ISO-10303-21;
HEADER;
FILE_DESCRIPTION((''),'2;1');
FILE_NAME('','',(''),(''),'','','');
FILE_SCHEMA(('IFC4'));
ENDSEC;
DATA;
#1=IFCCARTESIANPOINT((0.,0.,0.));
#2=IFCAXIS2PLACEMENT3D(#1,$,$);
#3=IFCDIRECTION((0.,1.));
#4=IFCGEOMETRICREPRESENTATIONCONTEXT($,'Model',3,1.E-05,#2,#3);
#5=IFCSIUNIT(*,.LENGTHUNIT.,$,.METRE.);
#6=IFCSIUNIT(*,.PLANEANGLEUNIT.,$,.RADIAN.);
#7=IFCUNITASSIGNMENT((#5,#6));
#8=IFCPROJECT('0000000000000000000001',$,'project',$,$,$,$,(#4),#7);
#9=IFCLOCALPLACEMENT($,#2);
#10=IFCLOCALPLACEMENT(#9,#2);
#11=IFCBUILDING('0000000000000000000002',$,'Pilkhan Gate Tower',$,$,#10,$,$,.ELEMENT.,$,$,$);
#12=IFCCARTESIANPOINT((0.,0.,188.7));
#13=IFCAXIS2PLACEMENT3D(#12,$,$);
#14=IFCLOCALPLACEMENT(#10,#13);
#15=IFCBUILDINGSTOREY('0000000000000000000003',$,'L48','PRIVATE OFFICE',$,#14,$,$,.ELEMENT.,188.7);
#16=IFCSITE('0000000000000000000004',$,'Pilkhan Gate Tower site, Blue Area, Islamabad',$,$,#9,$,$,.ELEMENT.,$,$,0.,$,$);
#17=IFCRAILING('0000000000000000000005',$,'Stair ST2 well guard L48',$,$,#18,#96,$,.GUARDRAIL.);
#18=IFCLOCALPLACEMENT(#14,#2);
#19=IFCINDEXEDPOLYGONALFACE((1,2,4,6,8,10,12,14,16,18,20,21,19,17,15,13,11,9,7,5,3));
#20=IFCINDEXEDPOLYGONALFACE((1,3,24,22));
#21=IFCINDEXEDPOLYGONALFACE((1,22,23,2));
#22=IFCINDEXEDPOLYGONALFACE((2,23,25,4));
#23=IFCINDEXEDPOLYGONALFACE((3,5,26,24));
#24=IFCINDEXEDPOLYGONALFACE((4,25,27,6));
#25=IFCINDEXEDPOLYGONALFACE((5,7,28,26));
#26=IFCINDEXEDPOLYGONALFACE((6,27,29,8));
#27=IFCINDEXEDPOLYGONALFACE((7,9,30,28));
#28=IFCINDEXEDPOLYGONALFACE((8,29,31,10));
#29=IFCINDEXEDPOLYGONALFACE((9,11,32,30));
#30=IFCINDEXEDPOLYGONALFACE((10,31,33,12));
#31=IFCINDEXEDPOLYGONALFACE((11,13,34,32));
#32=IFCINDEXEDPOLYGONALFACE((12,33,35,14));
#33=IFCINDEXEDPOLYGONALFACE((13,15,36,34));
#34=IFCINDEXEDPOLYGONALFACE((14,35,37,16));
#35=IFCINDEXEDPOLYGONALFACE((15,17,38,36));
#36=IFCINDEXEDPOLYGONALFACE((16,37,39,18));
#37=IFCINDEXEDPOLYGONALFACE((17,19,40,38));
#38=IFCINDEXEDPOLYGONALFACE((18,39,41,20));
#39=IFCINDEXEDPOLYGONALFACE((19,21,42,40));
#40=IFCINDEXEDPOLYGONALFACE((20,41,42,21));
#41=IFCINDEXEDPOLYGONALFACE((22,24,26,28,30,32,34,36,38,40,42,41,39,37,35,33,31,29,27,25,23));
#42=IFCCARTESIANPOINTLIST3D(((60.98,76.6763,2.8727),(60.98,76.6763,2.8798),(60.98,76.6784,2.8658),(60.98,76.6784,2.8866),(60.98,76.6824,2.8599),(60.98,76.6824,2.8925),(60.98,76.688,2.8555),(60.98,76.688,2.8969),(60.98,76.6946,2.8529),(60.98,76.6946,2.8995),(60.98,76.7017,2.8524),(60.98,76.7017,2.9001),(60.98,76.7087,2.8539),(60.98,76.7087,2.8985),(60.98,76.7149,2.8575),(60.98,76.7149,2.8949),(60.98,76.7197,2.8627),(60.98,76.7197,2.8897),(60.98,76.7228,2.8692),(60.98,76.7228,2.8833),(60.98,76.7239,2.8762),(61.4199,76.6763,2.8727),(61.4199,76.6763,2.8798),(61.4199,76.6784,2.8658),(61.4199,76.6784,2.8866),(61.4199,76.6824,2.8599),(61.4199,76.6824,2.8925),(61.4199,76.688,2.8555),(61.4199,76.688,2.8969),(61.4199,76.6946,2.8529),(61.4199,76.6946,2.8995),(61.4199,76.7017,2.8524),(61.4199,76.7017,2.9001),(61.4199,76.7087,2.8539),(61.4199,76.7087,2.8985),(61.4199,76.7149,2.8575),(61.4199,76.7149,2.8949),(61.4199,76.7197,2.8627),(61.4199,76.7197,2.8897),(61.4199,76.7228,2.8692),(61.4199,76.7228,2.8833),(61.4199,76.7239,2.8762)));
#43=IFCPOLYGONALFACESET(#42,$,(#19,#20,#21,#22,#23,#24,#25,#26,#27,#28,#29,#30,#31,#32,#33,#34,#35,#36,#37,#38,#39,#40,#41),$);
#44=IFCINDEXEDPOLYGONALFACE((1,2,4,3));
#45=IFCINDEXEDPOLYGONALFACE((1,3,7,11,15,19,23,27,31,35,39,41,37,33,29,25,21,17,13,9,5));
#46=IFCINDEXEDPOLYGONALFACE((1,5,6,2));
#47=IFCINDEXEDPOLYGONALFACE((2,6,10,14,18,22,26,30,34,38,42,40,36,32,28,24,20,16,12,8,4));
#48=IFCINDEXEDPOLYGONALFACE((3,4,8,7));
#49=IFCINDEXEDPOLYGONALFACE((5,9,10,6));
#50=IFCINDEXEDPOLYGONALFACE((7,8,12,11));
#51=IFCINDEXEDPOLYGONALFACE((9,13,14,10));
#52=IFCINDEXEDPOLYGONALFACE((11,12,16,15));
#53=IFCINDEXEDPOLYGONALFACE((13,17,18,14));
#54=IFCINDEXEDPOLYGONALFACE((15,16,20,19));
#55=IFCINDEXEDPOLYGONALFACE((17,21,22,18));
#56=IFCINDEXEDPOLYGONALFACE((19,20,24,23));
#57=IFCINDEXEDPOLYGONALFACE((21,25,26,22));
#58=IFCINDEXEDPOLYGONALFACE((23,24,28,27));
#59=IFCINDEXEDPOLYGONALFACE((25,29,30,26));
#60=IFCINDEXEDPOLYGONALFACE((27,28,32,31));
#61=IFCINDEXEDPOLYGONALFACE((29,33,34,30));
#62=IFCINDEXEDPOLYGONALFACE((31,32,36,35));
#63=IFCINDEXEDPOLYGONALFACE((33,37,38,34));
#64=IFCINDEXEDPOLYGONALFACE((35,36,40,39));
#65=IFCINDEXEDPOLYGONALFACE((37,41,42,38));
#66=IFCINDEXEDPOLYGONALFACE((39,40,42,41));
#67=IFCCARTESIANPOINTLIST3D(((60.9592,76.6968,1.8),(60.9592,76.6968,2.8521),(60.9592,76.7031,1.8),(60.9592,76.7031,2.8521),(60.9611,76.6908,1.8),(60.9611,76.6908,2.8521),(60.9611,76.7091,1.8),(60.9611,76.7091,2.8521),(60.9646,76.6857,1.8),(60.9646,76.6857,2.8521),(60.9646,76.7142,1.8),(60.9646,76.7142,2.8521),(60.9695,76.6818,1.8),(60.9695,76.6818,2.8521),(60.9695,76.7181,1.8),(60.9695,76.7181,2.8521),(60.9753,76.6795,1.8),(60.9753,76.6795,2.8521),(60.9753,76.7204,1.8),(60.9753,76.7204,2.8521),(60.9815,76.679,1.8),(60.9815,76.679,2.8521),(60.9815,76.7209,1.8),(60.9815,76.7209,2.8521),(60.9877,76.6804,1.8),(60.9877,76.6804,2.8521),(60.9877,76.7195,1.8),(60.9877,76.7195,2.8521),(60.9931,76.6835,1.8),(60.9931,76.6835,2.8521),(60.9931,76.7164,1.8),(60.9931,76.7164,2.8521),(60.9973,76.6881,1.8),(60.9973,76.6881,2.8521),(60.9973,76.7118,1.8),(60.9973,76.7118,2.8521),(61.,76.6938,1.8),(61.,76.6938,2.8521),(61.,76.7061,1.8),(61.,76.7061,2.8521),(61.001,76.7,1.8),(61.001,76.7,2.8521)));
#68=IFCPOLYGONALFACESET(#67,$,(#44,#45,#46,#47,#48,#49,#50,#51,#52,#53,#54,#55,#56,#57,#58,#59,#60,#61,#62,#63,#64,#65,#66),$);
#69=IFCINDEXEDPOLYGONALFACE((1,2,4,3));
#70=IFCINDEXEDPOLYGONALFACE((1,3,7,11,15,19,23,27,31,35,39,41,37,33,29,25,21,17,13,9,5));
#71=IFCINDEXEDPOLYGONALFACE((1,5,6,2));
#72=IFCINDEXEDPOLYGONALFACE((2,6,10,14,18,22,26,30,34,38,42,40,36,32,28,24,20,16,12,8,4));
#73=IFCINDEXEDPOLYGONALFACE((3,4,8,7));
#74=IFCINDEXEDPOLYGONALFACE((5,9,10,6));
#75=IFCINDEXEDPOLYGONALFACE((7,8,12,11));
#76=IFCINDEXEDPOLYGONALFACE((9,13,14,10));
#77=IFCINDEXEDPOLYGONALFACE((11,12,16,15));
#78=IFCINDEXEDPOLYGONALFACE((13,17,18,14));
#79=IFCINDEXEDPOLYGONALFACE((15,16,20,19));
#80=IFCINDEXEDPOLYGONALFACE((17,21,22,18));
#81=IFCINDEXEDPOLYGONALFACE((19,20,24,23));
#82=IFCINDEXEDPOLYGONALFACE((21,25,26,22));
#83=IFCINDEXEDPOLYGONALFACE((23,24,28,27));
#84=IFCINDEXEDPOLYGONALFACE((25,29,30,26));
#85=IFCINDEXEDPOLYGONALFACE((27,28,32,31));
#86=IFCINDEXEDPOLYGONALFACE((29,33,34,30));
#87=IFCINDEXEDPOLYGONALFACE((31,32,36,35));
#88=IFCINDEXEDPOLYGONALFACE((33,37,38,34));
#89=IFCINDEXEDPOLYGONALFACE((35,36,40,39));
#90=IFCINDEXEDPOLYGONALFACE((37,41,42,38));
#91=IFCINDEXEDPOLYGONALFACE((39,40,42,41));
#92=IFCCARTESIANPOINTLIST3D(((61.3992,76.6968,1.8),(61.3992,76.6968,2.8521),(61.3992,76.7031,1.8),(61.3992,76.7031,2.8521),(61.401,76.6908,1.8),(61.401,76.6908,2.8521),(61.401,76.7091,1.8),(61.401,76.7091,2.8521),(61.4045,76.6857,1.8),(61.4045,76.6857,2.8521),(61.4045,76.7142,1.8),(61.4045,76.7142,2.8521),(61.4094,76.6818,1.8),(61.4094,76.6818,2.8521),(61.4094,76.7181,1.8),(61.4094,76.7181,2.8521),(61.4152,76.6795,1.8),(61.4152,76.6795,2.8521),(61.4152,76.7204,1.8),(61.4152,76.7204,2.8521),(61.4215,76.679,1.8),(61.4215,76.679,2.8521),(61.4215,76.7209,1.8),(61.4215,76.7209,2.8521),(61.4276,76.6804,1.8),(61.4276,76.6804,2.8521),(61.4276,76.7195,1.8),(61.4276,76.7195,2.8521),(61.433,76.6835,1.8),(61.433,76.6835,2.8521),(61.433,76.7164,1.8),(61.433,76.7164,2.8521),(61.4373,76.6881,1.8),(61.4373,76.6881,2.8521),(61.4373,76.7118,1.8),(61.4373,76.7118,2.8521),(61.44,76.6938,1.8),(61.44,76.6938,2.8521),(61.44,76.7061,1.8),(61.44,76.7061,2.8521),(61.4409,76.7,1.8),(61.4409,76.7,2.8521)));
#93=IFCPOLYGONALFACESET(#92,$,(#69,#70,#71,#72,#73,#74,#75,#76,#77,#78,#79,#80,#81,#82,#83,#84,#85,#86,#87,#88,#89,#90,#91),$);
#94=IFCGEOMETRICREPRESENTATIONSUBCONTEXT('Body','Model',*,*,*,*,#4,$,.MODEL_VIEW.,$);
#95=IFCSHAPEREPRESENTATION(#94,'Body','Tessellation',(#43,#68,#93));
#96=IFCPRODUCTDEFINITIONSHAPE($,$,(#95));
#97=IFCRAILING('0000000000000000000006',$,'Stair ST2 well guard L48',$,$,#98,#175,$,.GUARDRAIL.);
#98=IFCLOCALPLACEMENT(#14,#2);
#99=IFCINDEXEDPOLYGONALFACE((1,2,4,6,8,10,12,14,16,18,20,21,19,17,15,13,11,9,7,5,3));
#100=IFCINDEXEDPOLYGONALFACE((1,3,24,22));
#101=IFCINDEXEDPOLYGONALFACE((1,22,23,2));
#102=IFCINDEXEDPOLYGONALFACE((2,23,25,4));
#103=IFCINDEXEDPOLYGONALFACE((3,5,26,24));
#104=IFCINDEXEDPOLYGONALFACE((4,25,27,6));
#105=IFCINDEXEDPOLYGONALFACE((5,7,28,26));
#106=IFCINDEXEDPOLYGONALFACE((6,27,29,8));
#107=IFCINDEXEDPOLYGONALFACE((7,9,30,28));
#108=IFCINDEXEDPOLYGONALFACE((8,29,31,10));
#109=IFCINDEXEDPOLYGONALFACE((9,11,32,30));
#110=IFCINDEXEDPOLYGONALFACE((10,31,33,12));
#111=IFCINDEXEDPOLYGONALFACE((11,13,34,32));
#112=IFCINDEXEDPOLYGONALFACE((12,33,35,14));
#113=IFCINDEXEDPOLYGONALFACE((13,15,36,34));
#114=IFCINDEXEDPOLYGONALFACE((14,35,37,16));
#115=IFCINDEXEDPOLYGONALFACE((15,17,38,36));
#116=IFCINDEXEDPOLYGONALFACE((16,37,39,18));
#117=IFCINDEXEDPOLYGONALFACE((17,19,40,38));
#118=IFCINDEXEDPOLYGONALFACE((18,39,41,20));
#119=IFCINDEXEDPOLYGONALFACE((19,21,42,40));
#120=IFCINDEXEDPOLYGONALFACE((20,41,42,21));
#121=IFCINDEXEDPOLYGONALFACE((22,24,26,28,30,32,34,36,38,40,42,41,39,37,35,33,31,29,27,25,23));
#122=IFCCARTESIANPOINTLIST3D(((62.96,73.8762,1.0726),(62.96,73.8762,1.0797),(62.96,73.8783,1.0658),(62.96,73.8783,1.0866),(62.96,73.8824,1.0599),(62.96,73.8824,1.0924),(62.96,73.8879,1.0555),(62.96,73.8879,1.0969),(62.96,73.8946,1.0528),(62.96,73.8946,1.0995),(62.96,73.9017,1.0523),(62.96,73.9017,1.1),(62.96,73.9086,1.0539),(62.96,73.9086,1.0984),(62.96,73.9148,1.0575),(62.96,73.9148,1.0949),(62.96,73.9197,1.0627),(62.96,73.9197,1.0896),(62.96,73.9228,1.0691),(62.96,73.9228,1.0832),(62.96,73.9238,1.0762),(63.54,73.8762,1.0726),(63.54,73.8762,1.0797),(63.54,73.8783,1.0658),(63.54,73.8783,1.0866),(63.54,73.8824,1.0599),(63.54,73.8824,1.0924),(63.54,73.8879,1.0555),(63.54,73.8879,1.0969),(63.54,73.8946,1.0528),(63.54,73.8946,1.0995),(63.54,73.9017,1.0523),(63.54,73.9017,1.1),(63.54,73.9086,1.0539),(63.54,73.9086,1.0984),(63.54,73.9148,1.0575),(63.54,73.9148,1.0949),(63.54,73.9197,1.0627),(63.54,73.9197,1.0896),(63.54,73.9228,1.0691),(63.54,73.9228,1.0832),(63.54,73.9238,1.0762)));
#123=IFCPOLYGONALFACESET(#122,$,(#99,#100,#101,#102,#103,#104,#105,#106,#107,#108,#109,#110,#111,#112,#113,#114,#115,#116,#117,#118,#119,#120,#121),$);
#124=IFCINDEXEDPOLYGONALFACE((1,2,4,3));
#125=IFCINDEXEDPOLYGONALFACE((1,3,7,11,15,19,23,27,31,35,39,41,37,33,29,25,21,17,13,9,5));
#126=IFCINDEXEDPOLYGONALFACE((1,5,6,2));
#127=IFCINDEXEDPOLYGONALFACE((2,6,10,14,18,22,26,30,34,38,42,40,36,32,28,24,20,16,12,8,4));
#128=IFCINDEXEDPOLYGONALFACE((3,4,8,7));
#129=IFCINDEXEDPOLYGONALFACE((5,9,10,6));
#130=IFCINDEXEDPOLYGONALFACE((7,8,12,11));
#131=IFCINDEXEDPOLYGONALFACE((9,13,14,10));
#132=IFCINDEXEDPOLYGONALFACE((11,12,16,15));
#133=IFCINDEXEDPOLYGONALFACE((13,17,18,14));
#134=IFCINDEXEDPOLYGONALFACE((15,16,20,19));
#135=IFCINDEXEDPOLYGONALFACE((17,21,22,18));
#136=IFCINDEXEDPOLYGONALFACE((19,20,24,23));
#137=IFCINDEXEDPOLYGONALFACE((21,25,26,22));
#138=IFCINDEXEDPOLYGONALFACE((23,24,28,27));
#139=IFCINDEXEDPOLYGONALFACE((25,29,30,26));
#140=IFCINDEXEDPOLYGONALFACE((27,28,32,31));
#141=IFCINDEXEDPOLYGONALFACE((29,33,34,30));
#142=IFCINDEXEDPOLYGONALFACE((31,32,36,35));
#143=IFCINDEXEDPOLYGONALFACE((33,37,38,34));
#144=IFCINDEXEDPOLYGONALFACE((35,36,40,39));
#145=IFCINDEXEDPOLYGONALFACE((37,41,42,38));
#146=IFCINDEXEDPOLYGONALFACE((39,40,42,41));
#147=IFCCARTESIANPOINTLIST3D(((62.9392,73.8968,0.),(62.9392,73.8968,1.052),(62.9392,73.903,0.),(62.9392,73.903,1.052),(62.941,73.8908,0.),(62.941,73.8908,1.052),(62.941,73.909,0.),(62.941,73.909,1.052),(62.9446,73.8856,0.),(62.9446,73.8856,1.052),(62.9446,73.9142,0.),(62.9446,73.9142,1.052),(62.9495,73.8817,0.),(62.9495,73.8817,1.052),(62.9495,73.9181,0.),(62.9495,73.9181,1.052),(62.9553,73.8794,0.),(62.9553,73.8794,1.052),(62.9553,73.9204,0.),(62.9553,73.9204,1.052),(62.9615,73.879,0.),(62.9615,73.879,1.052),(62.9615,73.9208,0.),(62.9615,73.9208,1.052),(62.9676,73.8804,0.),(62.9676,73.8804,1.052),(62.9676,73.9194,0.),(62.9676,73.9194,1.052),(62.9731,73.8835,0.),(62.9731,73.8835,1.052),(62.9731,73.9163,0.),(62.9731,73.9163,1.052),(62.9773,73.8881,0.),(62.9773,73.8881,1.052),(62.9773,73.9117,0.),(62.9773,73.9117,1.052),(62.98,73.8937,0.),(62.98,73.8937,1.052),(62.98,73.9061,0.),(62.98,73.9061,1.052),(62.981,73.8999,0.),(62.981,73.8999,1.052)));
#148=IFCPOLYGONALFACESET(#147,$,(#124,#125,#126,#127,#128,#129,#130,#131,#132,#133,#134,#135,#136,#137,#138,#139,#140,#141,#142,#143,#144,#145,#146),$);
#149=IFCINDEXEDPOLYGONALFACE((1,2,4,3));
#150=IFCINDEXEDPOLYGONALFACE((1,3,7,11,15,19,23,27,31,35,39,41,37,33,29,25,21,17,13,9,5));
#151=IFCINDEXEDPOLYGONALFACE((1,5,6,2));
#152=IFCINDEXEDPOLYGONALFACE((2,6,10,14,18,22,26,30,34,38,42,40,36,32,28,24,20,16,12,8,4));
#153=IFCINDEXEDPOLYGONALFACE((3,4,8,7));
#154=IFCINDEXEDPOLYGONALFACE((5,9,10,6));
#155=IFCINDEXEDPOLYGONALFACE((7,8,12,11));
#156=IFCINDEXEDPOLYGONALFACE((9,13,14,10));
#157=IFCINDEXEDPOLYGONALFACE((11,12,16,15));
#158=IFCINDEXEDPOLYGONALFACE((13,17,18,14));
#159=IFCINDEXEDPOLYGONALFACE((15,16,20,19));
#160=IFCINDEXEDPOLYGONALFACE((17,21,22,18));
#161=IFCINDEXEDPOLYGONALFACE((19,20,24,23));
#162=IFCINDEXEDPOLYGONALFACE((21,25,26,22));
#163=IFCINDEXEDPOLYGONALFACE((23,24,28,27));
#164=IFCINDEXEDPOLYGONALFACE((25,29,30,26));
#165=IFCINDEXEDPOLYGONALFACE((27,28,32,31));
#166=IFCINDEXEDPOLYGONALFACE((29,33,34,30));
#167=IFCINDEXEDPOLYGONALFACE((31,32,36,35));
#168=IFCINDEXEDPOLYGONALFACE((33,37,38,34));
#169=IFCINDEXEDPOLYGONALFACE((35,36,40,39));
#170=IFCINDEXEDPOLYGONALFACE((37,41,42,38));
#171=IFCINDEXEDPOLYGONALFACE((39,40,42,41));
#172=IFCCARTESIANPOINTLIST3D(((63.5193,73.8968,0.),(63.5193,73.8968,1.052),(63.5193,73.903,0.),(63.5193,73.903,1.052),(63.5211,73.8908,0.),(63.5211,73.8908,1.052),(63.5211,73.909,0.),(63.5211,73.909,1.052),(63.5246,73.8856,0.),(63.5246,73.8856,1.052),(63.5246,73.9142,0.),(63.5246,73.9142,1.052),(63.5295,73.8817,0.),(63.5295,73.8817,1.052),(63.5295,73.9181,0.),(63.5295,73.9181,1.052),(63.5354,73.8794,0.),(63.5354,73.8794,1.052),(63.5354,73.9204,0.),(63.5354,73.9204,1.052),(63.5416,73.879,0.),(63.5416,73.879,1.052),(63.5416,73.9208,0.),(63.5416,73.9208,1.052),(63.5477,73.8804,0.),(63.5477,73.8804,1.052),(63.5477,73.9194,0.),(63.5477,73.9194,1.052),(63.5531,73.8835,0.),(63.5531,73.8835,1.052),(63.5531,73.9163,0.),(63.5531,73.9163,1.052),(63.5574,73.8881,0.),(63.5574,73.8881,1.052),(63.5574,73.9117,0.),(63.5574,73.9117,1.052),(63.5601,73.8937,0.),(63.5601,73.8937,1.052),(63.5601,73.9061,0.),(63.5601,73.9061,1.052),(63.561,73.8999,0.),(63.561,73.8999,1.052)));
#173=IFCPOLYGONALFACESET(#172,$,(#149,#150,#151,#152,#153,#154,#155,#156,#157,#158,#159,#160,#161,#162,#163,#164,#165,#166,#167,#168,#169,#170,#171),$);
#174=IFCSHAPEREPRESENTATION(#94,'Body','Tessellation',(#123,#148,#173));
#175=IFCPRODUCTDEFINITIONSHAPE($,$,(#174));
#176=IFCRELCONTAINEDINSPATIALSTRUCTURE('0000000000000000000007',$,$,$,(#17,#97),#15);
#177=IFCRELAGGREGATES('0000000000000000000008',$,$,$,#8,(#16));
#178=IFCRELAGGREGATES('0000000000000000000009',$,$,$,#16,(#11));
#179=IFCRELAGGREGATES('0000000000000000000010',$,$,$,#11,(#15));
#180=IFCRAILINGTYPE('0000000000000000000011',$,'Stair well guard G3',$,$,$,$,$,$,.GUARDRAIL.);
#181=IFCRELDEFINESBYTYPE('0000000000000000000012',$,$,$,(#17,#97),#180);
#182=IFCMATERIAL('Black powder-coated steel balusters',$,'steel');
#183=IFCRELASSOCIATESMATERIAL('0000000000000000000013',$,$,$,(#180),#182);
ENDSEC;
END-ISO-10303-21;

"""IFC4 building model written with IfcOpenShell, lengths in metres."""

from ifc_helpers import new_model, si_unit, direction, frame, origin, origin_2d, place, context, subcontext, project, spatial, circle, extrude, material, type_object, element, save


model = new_model("IFC4")

# Units and contexts
model_context = context("Model", 3, precision=1e-05, world=origin(), true_north=direction((0.0, 1.0)))
body_context = subcontext(model_context, "Body", "Model", "MODEL_VIEW")
ifc_project = project(units=[si_unit("LENGTHUNIT", "METRE"), si_unit("PLANEANGLEUNIT", "RADIAN")], contexts=[model_context])

# Site, building, storey
site_placement = place(None, origin())
site = spatial("IfcSite", under=ifc_project, at=site_placement, Name="Pilkhan Gate Tower site, Blue Area, Islamabad", CompositionType="ELEMENT", RefElevation=0.0)
building_placement = place(site_placement, origin())
building = spatial("IfcBuilding", under=site, at=building_placement, Name="Pilkhan Gate Tower", CompositionType="ELEMENT")
storey_placement = place(building_placement, frame((0.0, 0.0, 188.7)))
storey = spatial("IfcBuildingStorey", under=building, at=storey_placement, Name="L48", Description="PRIVATE OFFICE", CompositionType="ELEMENT", Elevation=188.7)

# Railings
ifc_material_1 = material(Name="Black powder-coated steel balusters", Category="steel")
railing_type_1 = type_object("IfcRailingType", Name="Stair well guard G3", PredefinedType="GUARDRAIL", material=ifc_material_1)
railing_1_placement = place(storey_placement, frame((60.98, 76.7, 1.8)))
element("IfcRailing", 1, at=railing_1_placement, inside=storey, type_object=railing_type_1, Name="Stair ST2 well guard L48", PredefinedType="GUARDRAIL", context=body_context, shape_type="SweptSolid", body=[
    extrude(circle(Radius=0.0239, at=origin_2d()), frame((0.0, 0.0, 1.0762), z_axis=(1.0, 0.0, 0.0), x_axis=(0.0, 1.0, 0.0)), (0.0, 0.0, 1.0), 0.4399),
    extrude(circle(Radius=0.021, at=origin_2d()), origin(), (0.0, 0.0, 1.0), 1.052),
    extrude(circle(Radius=0.021, at=origin_2d()), frame((0.4399, 0.0, 0.0)), (0.0, 0.0, 1.0), 1.052),
])
for number, where, name in (
    (2, (62.96, 73.8999, 0.0), "Stair ST2 well guard L48"),
):
    element("IfcRailing", number, at=place(storey_placement, frame(where)), inside=storey, type_object=railing_type_1, Name=name, PredefinedType="GUARDRAIL", context=body_context, shape_type="SweptSolid", body=[
        extrude(circle(Radius=0.0239, at=origin_2d()), frame((0.0, 0.0, 1.0762), z_axis=(1.0, 0.0, 0.0), x_axis=(0.0, 1.0, 0.0)), (0.0, 0.0, 1.0), 0.5801),
        extrude(circle(Radius=0.021, at=origin_2d()), origin(), (0.0, 0.0, 1.0), 1.052),
        extrude(circle(Radius=0.021, at=origin_2d()), frame((0.5801, 0.0, 0.0)), (0.0, 0.0, 1.0), 1.052),
    ])

save(model, "model.ifc")
